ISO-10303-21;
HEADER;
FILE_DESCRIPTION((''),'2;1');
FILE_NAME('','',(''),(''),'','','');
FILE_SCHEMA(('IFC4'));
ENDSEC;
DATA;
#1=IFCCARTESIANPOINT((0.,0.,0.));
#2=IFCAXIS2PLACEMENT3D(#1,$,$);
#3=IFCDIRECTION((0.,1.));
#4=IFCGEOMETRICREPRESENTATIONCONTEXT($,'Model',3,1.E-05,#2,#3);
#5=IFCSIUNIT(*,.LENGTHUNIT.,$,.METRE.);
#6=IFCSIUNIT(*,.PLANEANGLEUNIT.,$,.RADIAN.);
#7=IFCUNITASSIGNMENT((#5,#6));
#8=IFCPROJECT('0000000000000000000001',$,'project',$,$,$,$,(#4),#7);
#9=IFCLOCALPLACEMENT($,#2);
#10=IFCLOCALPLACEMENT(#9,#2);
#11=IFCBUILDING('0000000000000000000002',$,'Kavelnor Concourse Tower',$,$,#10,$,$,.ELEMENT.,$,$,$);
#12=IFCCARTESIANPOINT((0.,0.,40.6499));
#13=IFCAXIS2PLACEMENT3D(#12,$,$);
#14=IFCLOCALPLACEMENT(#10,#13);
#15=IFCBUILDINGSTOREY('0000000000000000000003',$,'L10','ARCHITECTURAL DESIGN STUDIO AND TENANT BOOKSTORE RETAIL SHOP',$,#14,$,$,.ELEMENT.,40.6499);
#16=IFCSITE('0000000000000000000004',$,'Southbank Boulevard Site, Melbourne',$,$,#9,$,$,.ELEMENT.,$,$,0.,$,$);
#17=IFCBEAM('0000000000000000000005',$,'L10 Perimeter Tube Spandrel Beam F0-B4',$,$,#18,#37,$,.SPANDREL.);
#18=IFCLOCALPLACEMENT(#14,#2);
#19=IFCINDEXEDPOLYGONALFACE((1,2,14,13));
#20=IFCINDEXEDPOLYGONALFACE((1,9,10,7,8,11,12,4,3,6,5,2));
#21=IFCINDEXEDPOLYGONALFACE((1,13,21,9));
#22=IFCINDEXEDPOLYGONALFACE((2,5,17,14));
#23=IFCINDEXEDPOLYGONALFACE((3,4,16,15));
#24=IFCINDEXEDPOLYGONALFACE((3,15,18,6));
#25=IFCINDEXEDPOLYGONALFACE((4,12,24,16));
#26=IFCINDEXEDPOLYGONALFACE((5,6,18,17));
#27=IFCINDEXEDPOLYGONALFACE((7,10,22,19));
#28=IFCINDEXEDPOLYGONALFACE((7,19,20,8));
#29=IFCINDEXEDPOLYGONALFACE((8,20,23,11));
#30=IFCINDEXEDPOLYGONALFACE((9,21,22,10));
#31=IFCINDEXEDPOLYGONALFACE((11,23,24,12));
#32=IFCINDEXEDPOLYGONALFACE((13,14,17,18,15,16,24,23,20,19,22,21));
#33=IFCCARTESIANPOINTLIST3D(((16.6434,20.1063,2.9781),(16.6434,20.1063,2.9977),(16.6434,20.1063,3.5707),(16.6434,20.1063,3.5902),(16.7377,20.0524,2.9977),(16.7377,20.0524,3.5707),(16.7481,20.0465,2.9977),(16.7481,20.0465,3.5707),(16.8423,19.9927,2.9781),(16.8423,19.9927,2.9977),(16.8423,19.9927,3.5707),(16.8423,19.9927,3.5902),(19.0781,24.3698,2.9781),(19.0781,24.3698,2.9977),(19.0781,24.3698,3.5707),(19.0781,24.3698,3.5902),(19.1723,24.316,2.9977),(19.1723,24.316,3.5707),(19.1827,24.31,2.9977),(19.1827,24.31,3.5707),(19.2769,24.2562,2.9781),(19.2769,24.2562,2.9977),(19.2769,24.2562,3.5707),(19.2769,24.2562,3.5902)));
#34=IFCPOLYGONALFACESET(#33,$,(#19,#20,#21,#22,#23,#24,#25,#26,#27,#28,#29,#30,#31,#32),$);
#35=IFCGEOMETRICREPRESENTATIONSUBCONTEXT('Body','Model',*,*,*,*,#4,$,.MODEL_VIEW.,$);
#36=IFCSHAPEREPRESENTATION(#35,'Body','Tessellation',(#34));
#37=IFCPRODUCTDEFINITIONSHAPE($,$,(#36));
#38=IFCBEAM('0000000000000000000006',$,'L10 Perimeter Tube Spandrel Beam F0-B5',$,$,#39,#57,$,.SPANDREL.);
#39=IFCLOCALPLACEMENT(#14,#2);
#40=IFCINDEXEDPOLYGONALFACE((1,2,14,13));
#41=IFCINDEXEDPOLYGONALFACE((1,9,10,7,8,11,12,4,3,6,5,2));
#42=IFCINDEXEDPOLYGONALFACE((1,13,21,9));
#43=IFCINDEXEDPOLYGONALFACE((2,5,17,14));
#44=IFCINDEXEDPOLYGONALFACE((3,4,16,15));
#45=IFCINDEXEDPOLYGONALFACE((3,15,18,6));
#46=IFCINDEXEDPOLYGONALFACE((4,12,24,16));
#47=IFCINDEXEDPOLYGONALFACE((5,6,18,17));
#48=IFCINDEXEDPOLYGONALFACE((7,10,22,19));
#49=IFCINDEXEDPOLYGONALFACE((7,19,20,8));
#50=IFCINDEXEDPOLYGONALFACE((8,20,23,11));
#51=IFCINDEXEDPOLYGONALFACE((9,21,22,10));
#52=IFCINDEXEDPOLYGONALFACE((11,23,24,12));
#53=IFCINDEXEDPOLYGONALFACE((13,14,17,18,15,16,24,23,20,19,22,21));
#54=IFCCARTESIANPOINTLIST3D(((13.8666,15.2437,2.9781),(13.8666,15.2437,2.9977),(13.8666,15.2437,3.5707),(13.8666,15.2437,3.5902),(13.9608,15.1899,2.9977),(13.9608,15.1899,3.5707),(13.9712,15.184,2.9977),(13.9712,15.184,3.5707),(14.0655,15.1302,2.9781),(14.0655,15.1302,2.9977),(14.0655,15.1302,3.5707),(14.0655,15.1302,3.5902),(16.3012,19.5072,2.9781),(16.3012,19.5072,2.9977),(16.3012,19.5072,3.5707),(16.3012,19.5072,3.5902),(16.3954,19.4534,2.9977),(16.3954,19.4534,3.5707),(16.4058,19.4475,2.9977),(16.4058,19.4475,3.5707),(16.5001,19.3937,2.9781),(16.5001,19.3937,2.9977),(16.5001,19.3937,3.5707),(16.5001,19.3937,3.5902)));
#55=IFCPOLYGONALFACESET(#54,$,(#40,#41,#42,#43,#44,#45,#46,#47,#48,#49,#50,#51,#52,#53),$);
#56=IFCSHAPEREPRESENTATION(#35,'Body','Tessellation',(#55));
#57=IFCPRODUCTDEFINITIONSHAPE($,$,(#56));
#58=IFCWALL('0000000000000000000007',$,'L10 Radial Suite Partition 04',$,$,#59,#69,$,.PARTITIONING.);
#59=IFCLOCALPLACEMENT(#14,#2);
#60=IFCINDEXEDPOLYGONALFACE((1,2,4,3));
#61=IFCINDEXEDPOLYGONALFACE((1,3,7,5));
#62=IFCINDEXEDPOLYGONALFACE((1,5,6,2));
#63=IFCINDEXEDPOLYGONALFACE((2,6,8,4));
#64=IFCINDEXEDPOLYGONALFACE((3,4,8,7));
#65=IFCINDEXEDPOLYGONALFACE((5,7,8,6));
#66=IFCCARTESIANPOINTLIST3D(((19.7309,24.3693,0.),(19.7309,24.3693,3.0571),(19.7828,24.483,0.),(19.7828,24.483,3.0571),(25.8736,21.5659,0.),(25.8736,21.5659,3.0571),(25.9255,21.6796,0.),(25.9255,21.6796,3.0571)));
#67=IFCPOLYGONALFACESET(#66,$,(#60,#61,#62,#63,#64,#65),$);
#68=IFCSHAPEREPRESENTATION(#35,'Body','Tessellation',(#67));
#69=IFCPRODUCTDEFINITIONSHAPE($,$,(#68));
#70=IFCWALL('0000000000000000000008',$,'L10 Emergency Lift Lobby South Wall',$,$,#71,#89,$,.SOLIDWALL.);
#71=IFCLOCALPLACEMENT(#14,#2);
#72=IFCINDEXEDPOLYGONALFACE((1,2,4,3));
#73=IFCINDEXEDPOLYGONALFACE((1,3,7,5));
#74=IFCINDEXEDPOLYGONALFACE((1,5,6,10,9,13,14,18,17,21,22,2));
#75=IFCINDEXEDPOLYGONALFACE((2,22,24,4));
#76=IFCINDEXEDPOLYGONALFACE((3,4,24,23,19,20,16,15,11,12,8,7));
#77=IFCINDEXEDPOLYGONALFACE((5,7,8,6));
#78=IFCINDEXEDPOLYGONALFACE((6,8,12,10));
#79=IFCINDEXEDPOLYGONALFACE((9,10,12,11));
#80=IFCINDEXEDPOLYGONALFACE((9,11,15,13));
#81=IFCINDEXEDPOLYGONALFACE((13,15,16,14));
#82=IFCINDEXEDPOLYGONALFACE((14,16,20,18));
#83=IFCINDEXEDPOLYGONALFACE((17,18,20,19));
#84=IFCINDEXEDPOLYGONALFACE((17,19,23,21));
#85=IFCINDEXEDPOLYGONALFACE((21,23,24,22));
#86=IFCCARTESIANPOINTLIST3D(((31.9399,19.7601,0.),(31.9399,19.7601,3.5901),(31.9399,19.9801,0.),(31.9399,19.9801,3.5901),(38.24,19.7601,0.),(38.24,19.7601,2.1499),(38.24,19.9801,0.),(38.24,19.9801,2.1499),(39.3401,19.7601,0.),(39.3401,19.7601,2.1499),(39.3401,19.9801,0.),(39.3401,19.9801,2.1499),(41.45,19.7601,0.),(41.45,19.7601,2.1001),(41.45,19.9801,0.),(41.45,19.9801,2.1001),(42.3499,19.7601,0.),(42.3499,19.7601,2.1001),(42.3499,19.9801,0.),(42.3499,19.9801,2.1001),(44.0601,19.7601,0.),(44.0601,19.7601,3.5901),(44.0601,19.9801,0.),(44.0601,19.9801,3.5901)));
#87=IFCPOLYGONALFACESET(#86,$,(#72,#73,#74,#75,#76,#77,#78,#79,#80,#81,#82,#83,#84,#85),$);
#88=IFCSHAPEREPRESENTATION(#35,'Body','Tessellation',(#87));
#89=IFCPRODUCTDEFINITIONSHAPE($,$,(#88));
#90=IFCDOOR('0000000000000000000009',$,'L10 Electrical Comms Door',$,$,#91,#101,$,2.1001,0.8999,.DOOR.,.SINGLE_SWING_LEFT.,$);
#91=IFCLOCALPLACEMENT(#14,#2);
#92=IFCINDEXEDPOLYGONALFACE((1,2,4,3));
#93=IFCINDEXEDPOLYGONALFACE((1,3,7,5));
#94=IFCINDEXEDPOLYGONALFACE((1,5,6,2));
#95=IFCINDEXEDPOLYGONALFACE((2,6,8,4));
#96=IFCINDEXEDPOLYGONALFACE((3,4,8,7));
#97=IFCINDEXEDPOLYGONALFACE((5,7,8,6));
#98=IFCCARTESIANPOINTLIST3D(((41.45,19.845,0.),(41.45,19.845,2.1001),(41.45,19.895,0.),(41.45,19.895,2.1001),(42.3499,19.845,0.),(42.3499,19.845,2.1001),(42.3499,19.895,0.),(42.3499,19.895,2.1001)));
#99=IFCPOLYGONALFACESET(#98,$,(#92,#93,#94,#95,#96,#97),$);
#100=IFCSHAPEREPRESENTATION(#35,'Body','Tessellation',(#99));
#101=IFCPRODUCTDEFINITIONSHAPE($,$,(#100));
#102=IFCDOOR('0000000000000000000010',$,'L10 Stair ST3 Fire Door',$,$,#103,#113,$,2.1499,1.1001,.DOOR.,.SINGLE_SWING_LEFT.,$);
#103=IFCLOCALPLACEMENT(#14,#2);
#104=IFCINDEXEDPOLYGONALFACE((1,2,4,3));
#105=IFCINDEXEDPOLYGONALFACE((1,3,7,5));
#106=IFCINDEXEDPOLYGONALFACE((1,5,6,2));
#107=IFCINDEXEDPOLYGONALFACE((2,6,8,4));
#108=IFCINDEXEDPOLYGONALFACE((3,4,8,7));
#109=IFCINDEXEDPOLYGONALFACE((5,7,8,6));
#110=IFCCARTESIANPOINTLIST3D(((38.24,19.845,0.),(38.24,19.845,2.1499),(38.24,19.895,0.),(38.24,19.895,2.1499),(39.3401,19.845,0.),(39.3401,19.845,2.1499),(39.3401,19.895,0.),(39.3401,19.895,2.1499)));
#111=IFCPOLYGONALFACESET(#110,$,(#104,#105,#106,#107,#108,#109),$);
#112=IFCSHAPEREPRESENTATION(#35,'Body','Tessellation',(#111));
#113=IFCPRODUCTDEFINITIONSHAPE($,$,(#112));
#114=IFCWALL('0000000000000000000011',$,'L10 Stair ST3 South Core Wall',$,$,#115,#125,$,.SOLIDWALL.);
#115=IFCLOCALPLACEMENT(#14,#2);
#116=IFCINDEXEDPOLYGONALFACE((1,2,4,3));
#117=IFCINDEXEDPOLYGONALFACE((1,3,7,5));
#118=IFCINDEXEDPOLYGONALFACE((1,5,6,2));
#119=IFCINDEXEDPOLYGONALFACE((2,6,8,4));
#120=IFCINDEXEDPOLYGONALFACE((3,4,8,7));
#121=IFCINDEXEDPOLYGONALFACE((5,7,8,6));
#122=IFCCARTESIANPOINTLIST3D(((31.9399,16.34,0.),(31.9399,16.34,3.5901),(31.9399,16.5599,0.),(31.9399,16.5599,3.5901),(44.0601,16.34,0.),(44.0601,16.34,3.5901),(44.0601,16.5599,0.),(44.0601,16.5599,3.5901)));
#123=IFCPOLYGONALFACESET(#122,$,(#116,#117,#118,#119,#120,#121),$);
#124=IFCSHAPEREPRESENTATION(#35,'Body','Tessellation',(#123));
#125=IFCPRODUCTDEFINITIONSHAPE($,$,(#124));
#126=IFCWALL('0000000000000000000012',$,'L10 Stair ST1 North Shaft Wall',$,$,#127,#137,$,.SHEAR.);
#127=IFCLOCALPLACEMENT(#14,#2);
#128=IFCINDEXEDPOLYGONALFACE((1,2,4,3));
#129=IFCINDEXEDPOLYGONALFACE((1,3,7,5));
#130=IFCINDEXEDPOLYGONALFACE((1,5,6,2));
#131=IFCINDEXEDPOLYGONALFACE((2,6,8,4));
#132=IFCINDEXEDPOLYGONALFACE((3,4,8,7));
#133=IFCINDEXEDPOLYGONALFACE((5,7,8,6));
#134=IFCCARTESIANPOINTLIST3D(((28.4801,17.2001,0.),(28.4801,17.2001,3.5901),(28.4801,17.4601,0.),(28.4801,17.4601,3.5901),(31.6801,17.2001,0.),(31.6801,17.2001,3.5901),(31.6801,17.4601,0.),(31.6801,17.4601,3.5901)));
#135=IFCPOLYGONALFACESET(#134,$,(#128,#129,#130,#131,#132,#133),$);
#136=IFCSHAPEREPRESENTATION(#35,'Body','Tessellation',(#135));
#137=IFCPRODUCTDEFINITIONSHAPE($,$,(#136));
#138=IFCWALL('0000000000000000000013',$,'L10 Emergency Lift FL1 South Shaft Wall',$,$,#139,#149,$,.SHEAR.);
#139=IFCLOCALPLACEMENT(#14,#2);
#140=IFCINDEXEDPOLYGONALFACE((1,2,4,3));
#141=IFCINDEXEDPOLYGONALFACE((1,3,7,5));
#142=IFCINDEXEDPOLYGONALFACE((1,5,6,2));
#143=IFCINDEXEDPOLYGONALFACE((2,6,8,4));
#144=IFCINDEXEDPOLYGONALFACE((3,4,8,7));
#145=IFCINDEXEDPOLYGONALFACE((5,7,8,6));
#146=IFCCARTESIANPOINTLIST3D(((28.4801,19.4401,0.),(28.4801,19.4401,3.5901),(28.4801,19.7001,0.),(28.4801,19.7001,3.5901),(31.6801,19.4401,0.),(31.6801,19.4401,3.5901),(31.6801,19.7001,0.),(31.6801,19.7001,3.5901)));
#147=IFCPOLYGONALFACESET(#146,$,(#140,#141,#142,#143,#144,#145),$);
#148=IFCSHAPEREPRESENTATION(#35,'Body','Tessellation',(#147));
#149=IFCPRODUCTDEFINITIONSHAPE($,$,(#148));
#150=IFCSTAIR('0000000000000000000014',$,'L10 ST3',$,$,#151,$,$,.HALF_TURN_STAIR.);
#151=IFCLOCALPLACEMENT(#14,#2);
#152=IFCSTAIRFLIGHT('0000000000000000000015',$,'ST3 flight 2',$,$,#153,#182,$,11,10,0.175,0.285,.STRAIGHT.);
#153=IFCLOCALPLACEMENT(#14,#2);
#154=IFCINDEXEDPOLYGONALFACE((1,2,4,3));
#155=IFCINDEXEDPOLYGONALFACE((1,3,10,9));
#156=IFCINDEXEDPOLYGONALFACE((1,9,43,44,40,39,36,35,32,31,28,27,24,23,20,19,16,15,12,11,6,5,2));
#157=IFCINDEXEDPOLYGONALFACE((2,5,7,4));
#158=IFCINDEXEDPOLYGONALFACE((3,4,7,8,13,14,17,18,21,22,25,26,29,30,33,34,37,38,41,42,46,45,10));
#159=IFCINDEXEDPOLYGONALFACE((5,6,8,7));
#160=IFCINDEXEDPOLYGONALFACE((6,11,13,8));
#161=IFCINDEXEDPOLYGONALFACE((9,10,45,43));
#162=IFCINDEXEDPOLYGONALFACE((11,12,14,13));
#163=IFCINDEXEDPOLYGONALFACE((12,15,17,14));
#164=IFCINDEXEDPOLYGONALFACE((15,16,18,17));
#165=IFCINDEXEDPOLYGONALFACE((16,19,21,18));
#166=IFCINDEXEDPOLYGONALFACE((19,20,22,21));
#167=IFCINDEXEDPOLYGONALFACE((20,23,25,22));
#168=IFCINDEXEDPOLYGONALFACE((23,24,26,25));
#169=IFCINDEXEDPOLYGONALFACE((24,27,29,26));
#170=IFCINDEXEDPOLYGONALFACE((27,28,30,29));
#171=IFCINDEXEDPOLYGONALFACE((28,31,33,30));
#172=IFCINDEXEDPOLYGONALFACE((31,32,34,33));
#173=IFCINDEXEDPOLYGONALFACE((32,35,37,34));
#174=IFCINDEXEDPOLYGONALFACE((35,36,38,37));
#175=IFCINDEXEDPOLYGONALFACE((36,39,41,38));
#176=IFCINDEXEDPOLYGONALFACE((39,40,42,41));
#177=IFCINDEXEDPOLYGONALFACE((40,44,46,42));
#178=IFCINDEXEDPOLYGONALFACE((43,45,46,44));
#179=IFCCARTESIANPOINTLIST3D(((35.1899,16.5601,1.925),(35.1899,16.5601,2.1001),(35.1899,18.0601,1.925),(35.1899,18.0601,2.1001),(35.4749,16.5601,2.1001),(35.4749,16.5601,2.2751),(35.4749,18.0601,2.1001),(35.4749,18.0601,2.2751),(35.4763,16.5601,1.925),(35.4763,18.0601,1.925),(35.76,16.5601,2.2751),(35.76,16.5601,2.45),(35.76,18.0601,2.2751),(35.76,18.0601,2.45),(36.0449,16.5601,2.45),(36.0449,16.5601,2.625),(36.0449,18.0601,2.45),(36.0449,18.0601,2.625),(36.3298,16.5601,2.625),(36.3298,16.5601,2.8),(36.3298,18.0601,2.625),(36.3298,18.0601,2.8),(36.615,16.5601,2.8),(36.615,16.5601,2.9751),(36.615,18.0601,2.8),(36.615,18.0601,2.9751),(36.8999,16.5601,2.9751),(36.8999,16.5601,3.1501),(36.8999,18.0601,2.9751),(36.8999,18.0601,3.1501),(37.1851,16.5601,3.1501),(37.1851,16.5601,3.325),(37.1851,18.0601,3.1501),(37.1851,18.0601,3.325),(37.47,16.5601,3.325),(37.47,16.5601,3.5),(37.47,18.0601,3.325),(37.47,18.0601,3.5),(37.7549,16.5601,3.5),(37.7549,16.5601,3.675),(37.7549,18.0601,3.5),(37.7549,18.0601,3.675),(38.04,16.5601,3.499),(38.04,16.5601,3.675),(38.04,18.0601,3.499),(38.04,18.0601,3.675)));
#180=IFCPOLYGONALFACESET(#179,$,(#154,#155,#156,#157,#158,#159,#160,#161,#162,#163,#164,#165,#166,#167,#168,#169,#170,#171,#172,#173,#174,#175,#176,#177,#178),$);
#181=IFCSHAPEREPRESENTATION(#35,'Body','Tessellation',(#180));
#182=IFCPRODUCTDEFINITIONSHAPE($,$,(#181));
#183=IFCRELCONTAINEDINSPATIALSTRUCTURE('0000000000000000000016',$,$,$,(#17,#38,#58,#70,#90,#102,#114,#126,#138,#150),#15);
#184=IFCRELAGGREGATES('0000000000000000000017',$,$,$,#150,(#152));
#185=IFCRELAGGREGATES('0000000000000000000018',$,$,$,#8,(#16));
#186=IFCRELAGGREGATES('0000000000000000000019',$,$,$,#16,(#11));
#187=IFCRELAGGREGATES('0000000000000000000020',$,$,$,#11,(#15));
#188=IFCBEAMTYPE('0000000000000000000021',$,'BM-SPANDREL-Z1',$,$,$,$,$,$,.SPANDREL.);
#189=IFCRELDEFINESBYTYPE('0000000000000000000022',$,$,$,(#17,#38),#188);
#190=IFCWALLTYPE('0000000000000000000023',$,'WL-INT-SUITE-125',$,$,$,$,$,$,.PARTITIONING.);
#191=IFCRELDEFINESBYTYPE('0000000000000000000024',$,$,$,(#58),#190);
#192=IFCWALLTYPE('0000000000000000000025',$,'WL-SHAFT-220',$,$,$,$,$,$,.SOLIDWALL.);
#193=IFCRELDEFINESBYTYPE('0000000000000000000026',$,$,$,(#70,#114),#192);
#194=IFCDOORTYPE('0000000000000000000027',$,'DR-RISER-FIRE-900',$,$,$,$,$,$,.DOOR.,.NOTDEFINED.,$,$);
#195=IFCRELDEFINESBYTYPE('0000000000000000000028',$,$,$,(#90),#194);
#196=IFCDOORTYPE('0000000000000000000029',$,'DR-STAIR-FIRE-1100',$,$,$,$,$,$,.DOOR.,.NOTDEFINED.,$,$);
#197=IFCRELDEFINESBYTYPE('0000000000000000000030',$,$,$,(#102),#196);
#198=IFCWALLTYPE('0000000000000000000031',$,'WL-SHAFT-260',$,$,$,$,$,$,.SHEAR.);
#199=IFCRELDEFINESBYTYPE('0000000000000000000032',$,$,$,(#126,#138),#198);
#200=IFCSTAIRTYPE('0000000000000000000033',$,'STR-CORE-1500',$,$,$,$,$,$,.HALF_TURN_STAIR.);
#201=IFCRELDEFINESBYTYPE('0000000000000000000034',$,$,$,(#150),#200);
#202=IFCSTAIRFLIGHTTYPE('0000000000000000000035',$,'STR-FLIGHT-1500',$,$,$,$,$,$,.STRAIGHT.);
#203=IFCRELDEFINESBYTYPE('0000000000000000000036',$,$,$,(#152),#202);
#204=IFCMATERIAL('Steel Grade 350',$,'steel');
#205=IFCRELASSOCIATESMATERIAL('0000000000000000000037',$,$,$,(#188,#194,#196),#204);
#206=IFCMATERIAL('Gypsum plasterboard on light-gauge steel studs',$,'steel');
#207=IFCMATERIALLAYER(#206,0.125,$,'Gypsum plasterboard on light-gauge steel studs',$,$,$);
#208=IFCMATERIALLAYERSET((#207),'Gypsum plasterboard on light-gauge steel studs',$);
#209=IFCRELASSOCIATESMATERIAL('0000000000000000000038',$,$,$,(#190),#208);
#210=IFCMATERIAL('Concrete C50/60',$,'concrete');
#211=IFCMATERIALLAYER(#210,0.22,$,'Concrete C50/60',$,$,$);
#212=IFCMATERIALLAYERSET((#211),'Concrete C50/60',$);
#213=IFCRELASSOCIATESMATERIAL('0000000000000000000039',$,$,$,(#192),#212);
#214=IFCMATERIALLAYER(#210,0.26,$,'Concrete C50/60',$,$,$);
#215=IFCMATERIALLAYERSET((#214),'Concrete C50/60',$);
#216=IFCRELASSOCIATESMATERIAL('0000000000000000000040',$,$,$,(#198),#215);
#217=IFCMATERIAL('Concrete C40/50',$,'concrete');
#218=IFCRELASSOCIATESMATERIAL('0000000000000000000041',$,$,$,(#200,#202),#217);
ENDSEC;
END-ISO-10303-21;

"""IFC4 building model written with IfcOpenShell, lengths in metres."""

from ifc_helpers import new_model, si_unit, direction, frame, frame_2d, origin, origin_2d, place, context, subcontext, project, spatial, polyline, rectangle, i_section, outline, extrude, material, layer, layer_set, material_profile, profile_set, type_object, element, fill, aggregate, save


model = new_model("IFC4")

# Units and contexts
model_context = context("Model", 3, precision=1e-05, world=origin(), true_north=direction((0.0, 1.0)))
body_context = subcontext(model_context, "Body", "Model", "MODEL_VIEW")
ifc_project = project(units=[si_unit("LENGTHUNIT", "METRE"), si_unit("PLANEANGLEUNIT", "RADIAN")], contexts=[model_context])

# Site, building, storey
site_placement = place(None, origin())
site = spatial("IfcSite", under=ifc_project, at=site_placement, Name="Southbank Boulevard Site, Melbourne", CompositionType="ELEMENT", RefElevation=0.0)
building_placement = place(site_placement, origin())
building = spatial("IfcBuilding", under=site, at=building_placement, Name="Kavelnor Concourse Tower", CompositionType="ELEMENT")
storey_placement = place(building_placement, frame((0.0, 0.0, 40.6499)))
storey = spatial("IfcBuildingStorey", under=building, at=storey_placement, Name="L10", Description="ARCHITECTURAL DESIGN STUDIO AND TENANT BOOKSTORE RETAIL SHOP", CompositionType="ELEMENT", Elevation=40.6499)

# Shared definitions
ifc_material_1 = material(Name="Steel Grade 350", Category="steel")

# Beams
ifc_material_profile_1 = material_profile(ifc_material_1, i_section(OverallWidth=0.229, OverallDepth=0.6121, WebThickness=0.012, FlangeThickness=0.0195, at=origin_2d()), Name="610UB125")
ifc_profile_set_1 = profile_set([ifc_material_profile_1], Name="Steel Grade 350")
beam_type_1 = type_object("IfcBeamType", Name="BM-SPANDREL-Z1", PredefinedType="SPANDREL", material=ifc_profile_set_1)
for number, where, z_axis, x_axis, name in (
    (1, (19.1775, 24.313, 3.2842), (-0.495882, -0.86839, 0.0), (0.86839, -0.495882, 0.0), "L10 Perimeter Tube Spandrel Beam F0-B4"),
    (2, (16.4006, 19.4504, 3.2842), (-0.495882, -0.86839, 0.0), (0.86839, -0.495882, 0.0), "L10 Perimeter Tube Spandrel Beam F0-B5"),
):
    element("IfcBeam", number, at=place(storey_placement, frame(where, z_axis=z_axis, x_axis=x_axis)), inside=storey, type_object=beam_type_1, Name=name, PredefinedType="SPANDREL", context=body_context, shape_type="SweptSolid", body=[
        extrude(i_section(OverallWidth=0.229, OverallDepth=0.6121, WebThickness=0.012, FlangeThickness=0.0195, at=origin_2d()), origin(), (0.0, 0.0, 1.0), 4.9097),
    ])

# Wall
ifc_material_2 = material(Name="Gypsum plasterboard on light-gauge steel studs", Category="steel")
ifc_layer_1 = layer(ifc_material_2, 0.125, Name="Gypsum plasterboard on light-gauge steel studs")
ifc_layer_set_1 = layer_set([ifc_layer_1], Name="Gypsum plasterboard on light-gauge steel studs")
wall_type_1 = type_object("IfcWallType", Name="WL-INT-SUITE-125", PredefinedType="PARTITIONING", material=ifc_layer_set_1)
wall_1_placement = place(storey_placement, frame((25.8994, 21.6228, 0.0), z_axis=(0.0, 0.0, 1.0), x_axis=(-0.909736, 0.415186, 0.0)))
element("IfcWall", 3, at=wall_1_placement, inside=storey, type_object=wall_type_1, Name="L10 Radial Suite Partition 04", PredefinedType="PARTITIONING", context=body_context, shape_type="SweptSolid", body=[
    extrude(rectangle(XDim=6.7522, YDim=0.125, at=frame_2d((3.376, 0.0))), origin(), (0.0, 0.0, 1.0), 3.0571),
])

# Wall, openings, doors
ifc_material_3 = material(Name="Concrete C50/60", Category="concrete")
ifc_layer_2 = layer(ifc_material_3, 0.22, Name="Concrete C50/60")
ifc_layer_set_2 = layer_set([ifc_layer_2], Name="Concrete C50/60")
wall_type_2 = type_object("IfcWallType", Name="WL-SHAFT-220", PredefinedType="SOLIDWALL", material=ifc_layer_set_2)
wall_2_placement = place(storey_placement, frame((31.9399, 19.8701, 0.0), z_axis=(0.0, 0.0, 1.0), x_axis=(1.0, 0.0, 0.0)))
wall_2 = element("IfcWall", 4, at=wall_2_placement, inside=storey, type_object=wall_type_2, Name="L10 Emergency Lift Lobby South Wall", PredefinedType="SOLIDWALL", context=body_context, shape_type="SweptSolid", body=[
    extrude(rectangle(XDim=12.1201, YDim=0.22, at=frame_2d((6.0601, 0.0))), origin(), (0.0, 0.0, 1.0), 3.5901),
])
opening_1_placement = place(wall_2_placement, frame((6.3, 0.0, 0.0)))
opening_1 = element("IfcOpeningElement", 5, at=opening_1_placement, cuts=wall_2, PredefinedType="OPENING", context=body_context, shape_type="SweptSolid", body=[
    extrude(rectangle(XDim=1.1001, YDim=2.1499, at=frame_2d((0.55, 1.075))), frame((0.0, 0.1201, 0.0), z_axis=(0.0, -1.0, 0.0), x_axis=(1.0, 0.0, 0.0)), (0.0, 0.0, 1.0), 0.24),
])
opening_2_placement = place(wall_2_placement, frame((9.51, 0.0, 0.0)))
opening_2 = element("IfcOpeningElement", 6, at=opening_2_placement, cuts=wall_2, PredefinedType="OPENING", context=body_context, shape_type="SweptSolid", body=[
    extrude(rectangle(XDim=0.8999, YDim=2.1001, at=frame_2d((0.45, 1.05))), frame((0.0, 0.1201, 0.0), z_axis=(0.0, -1.0, 0.0), x_axis=(1.0, 0.0, 0.0)), (0.0, 0.0, 1.0), 0.24),
])
door_type_1 = type_object("IfcDoorType", Name="DR-RISER-FIRE-900", OperationType="NOTDEFINED", PredefinedType="DOOR", material=ifc_material_1)
door_1_placement = place(opening_2_placement, origin())
door_1 = element("IfcDoor", 7, at=door_1_placement, inside=storey, type_object=door_type_1, Name="L10 Electrical Comms Door", OperationType="SINGLE_SWING_LEFT", OverallHeight=2.1001, OverallWidth=0.8999, PredefinedType="DOOR", context=body_context, shape_type="SweptSolid", body=[
    extrude(rectangle(XDim=0.8999, YDim=2.1001, at=frame_2d((0.45, 1.05))), frame((0.0, 0.0249, 0.0), z_axis=(0.0, -1.0, 0.0), x_axis=(1.0, 0.0, 0.0)), (0.0, 0.0, 1.0), 0.05),
])
fill(opening_2, door_1)
door_type_2 = type_object("IfcDoorType", Name="DR-STAIR-FIRE-1100", OperationType="NOTDEFINED", PredefinedType="DOOR", material=ifc_material_1)
door_2_placement = place(opening_1_placement, origin())
door_2 = element("IfcDoor", 8, at=door_2_placement, inside=storey, type_object=door_type_2, Name="L10 Stair ST3 Fire Door", OperationType="SINGLE_SWING_LEFT", OverallHeight=2.1499, OverallWidth=1.1001, PredefinedType="DOOR", context=body_context, shape_type="SweptSolid", body=[
    extrude(rectangle(XDim=1.1001, YDim=2.1499, at=frame_2d((0.55, 1.075))), frame((0.0, 0.0249, 0.0), z_axis=(0.0, -1.0, 0.0), x_axis=(1.0, 0.0, 0.0)), (0.0, 0.0, 1.0), 0.05),
])
fill(opening_1, door_2)

# Walls
wall_3_placement = place(storey_placement, frame((31.9399, 16.45, 0.0), z_axis=(0.0, 0.0, 1.0), x_axis=(1.0, 0.0, 0.0)))
element("IfcWall", 9, at=wall_3_placement, inside=storey, type_object=wall_type_2, Name="L10 Stair ST3 South Core Wall", PredefinedType="SOLIDWALL", context=body_context, shape_type="SweptSolid", body=[
    extrude(rectangle(XDim=12.1201, YDim=0.22, at=frame_2d((6.0601, 0.0))), origin(), (0.0, 0.0, 1.0), 3.5901),
])
ifc_layer_3 = layer(ifc_material_3, 0.26, Name="Concrete C50/60")
ifc_layer_set_3 = layer_set([ifc_layer_3], Name="Concrete C50/60")
wall_type_3 = type_object("IfcWallType", Name="WL-SHAFT-260", PredefinedType="SHEAR", material=ifc_layer_set_3)
for number, where, z_axis, x_axis, name in (
    (10, (28.48, 17.3301, 0.0), (0.0, 0.0, 1.0), (1.0, 0.0, 0.0), "L10 Stair ST1 North Shaft Wall"),
    (11, (28.48, 19.5701, 0.0), (0.0, 0.0, 1.0), (1.0, 0.0, 0.0), "L10 Emergency Lift FL1 South Shaft Wall"),
):
    element("IfcWall", number, at=place(storey_placement, frame(where, z_axis=z_axis, x_axis=x_axis)), inside=storey, type_object=wall_type_3, Name=name, PredefinedType="SHEAR", context=body_context, shape_type="SweptSolid", body=[
        extrude(rectangle(XDim=3.2, YDim=0.26, at=frame_2d((1.6001, 0.0))), origin(), (0.0, 0.0, 1.0), 3.5901),
    ])

# Stair, stair flight
ifc_material_4 = material(Name="Concrete C40/50", Category="concrete")
stair_type = type_object("IfcStairType", Name="STR-CORE-1500", PredefinedType="HALF_TURN_STAIR", material=ifc_material_4)
stair_placement = place(storey_placement, origin())
stair = element("IfcStair", 12, at=stair_placement, inside=storey, type_object=stair_type, Name="L10 ST3", PredefinedType="HALF_TURN_STAIR")
stair_flight_type = type_object("IfcStairFlightType", Name="STR-FLIGHT-1500", PredefinedType="STRAIGHT", material=ifc_material_4)
stair_flight_placement = place(storey_placement, frame((35.1899, 17.3101, 1.925), z_axis=(0.0, 0.0, 1.0), x_axis=(1.0, 0.0, 0.0)))
stair_flight = element("IfcStairFlight", 13, at=stair_flight_placement, type_object=stair_flight_type, Name="ST3 flight 2", NumberOfRisers=11, NumberOfTreads=10, PredefinedType="STRAIGHT", RiserHeight=0.175, TreadLength=0.285, context=body_context, shape_type="SweptSolid", body=[
    extrude(outline(polyline([(0.0, 0.0), (0.0, 0.175), (0.2849, 0.175), (0.2849, 0.3501), (0.5701, 0.3501), (0.5701, 0.5249), (0.855, 0.5249), (0.855, 0.7), (1.1399, 0.7), (1.1399, 0.875), (1.425, 0.875), (1.425, 1.05), (1.71, 1.05), (1.71, 1.2251), (1.9951, 1.2251), (1.9951, 1.3999), (2.28, 1.3999), (2.28, 1.575), (2.5649, 1.575), (2.5649, 1.75), (2.8501, 1.75), (2.8501, 1.925), (2.8501, 1.574), (0.2864, 0.0), (0.0, 0.0)])), frame((0.0, 0.75, 0.0), z_axis=(0.0, -1.0, 0.0), x_axis=(1.0, 0.0, 0.0)), (0.0, 0.0, 1.0), 1.5),
])
aggregate(stair, [stair_flight])

save(model, "model.ifc")
